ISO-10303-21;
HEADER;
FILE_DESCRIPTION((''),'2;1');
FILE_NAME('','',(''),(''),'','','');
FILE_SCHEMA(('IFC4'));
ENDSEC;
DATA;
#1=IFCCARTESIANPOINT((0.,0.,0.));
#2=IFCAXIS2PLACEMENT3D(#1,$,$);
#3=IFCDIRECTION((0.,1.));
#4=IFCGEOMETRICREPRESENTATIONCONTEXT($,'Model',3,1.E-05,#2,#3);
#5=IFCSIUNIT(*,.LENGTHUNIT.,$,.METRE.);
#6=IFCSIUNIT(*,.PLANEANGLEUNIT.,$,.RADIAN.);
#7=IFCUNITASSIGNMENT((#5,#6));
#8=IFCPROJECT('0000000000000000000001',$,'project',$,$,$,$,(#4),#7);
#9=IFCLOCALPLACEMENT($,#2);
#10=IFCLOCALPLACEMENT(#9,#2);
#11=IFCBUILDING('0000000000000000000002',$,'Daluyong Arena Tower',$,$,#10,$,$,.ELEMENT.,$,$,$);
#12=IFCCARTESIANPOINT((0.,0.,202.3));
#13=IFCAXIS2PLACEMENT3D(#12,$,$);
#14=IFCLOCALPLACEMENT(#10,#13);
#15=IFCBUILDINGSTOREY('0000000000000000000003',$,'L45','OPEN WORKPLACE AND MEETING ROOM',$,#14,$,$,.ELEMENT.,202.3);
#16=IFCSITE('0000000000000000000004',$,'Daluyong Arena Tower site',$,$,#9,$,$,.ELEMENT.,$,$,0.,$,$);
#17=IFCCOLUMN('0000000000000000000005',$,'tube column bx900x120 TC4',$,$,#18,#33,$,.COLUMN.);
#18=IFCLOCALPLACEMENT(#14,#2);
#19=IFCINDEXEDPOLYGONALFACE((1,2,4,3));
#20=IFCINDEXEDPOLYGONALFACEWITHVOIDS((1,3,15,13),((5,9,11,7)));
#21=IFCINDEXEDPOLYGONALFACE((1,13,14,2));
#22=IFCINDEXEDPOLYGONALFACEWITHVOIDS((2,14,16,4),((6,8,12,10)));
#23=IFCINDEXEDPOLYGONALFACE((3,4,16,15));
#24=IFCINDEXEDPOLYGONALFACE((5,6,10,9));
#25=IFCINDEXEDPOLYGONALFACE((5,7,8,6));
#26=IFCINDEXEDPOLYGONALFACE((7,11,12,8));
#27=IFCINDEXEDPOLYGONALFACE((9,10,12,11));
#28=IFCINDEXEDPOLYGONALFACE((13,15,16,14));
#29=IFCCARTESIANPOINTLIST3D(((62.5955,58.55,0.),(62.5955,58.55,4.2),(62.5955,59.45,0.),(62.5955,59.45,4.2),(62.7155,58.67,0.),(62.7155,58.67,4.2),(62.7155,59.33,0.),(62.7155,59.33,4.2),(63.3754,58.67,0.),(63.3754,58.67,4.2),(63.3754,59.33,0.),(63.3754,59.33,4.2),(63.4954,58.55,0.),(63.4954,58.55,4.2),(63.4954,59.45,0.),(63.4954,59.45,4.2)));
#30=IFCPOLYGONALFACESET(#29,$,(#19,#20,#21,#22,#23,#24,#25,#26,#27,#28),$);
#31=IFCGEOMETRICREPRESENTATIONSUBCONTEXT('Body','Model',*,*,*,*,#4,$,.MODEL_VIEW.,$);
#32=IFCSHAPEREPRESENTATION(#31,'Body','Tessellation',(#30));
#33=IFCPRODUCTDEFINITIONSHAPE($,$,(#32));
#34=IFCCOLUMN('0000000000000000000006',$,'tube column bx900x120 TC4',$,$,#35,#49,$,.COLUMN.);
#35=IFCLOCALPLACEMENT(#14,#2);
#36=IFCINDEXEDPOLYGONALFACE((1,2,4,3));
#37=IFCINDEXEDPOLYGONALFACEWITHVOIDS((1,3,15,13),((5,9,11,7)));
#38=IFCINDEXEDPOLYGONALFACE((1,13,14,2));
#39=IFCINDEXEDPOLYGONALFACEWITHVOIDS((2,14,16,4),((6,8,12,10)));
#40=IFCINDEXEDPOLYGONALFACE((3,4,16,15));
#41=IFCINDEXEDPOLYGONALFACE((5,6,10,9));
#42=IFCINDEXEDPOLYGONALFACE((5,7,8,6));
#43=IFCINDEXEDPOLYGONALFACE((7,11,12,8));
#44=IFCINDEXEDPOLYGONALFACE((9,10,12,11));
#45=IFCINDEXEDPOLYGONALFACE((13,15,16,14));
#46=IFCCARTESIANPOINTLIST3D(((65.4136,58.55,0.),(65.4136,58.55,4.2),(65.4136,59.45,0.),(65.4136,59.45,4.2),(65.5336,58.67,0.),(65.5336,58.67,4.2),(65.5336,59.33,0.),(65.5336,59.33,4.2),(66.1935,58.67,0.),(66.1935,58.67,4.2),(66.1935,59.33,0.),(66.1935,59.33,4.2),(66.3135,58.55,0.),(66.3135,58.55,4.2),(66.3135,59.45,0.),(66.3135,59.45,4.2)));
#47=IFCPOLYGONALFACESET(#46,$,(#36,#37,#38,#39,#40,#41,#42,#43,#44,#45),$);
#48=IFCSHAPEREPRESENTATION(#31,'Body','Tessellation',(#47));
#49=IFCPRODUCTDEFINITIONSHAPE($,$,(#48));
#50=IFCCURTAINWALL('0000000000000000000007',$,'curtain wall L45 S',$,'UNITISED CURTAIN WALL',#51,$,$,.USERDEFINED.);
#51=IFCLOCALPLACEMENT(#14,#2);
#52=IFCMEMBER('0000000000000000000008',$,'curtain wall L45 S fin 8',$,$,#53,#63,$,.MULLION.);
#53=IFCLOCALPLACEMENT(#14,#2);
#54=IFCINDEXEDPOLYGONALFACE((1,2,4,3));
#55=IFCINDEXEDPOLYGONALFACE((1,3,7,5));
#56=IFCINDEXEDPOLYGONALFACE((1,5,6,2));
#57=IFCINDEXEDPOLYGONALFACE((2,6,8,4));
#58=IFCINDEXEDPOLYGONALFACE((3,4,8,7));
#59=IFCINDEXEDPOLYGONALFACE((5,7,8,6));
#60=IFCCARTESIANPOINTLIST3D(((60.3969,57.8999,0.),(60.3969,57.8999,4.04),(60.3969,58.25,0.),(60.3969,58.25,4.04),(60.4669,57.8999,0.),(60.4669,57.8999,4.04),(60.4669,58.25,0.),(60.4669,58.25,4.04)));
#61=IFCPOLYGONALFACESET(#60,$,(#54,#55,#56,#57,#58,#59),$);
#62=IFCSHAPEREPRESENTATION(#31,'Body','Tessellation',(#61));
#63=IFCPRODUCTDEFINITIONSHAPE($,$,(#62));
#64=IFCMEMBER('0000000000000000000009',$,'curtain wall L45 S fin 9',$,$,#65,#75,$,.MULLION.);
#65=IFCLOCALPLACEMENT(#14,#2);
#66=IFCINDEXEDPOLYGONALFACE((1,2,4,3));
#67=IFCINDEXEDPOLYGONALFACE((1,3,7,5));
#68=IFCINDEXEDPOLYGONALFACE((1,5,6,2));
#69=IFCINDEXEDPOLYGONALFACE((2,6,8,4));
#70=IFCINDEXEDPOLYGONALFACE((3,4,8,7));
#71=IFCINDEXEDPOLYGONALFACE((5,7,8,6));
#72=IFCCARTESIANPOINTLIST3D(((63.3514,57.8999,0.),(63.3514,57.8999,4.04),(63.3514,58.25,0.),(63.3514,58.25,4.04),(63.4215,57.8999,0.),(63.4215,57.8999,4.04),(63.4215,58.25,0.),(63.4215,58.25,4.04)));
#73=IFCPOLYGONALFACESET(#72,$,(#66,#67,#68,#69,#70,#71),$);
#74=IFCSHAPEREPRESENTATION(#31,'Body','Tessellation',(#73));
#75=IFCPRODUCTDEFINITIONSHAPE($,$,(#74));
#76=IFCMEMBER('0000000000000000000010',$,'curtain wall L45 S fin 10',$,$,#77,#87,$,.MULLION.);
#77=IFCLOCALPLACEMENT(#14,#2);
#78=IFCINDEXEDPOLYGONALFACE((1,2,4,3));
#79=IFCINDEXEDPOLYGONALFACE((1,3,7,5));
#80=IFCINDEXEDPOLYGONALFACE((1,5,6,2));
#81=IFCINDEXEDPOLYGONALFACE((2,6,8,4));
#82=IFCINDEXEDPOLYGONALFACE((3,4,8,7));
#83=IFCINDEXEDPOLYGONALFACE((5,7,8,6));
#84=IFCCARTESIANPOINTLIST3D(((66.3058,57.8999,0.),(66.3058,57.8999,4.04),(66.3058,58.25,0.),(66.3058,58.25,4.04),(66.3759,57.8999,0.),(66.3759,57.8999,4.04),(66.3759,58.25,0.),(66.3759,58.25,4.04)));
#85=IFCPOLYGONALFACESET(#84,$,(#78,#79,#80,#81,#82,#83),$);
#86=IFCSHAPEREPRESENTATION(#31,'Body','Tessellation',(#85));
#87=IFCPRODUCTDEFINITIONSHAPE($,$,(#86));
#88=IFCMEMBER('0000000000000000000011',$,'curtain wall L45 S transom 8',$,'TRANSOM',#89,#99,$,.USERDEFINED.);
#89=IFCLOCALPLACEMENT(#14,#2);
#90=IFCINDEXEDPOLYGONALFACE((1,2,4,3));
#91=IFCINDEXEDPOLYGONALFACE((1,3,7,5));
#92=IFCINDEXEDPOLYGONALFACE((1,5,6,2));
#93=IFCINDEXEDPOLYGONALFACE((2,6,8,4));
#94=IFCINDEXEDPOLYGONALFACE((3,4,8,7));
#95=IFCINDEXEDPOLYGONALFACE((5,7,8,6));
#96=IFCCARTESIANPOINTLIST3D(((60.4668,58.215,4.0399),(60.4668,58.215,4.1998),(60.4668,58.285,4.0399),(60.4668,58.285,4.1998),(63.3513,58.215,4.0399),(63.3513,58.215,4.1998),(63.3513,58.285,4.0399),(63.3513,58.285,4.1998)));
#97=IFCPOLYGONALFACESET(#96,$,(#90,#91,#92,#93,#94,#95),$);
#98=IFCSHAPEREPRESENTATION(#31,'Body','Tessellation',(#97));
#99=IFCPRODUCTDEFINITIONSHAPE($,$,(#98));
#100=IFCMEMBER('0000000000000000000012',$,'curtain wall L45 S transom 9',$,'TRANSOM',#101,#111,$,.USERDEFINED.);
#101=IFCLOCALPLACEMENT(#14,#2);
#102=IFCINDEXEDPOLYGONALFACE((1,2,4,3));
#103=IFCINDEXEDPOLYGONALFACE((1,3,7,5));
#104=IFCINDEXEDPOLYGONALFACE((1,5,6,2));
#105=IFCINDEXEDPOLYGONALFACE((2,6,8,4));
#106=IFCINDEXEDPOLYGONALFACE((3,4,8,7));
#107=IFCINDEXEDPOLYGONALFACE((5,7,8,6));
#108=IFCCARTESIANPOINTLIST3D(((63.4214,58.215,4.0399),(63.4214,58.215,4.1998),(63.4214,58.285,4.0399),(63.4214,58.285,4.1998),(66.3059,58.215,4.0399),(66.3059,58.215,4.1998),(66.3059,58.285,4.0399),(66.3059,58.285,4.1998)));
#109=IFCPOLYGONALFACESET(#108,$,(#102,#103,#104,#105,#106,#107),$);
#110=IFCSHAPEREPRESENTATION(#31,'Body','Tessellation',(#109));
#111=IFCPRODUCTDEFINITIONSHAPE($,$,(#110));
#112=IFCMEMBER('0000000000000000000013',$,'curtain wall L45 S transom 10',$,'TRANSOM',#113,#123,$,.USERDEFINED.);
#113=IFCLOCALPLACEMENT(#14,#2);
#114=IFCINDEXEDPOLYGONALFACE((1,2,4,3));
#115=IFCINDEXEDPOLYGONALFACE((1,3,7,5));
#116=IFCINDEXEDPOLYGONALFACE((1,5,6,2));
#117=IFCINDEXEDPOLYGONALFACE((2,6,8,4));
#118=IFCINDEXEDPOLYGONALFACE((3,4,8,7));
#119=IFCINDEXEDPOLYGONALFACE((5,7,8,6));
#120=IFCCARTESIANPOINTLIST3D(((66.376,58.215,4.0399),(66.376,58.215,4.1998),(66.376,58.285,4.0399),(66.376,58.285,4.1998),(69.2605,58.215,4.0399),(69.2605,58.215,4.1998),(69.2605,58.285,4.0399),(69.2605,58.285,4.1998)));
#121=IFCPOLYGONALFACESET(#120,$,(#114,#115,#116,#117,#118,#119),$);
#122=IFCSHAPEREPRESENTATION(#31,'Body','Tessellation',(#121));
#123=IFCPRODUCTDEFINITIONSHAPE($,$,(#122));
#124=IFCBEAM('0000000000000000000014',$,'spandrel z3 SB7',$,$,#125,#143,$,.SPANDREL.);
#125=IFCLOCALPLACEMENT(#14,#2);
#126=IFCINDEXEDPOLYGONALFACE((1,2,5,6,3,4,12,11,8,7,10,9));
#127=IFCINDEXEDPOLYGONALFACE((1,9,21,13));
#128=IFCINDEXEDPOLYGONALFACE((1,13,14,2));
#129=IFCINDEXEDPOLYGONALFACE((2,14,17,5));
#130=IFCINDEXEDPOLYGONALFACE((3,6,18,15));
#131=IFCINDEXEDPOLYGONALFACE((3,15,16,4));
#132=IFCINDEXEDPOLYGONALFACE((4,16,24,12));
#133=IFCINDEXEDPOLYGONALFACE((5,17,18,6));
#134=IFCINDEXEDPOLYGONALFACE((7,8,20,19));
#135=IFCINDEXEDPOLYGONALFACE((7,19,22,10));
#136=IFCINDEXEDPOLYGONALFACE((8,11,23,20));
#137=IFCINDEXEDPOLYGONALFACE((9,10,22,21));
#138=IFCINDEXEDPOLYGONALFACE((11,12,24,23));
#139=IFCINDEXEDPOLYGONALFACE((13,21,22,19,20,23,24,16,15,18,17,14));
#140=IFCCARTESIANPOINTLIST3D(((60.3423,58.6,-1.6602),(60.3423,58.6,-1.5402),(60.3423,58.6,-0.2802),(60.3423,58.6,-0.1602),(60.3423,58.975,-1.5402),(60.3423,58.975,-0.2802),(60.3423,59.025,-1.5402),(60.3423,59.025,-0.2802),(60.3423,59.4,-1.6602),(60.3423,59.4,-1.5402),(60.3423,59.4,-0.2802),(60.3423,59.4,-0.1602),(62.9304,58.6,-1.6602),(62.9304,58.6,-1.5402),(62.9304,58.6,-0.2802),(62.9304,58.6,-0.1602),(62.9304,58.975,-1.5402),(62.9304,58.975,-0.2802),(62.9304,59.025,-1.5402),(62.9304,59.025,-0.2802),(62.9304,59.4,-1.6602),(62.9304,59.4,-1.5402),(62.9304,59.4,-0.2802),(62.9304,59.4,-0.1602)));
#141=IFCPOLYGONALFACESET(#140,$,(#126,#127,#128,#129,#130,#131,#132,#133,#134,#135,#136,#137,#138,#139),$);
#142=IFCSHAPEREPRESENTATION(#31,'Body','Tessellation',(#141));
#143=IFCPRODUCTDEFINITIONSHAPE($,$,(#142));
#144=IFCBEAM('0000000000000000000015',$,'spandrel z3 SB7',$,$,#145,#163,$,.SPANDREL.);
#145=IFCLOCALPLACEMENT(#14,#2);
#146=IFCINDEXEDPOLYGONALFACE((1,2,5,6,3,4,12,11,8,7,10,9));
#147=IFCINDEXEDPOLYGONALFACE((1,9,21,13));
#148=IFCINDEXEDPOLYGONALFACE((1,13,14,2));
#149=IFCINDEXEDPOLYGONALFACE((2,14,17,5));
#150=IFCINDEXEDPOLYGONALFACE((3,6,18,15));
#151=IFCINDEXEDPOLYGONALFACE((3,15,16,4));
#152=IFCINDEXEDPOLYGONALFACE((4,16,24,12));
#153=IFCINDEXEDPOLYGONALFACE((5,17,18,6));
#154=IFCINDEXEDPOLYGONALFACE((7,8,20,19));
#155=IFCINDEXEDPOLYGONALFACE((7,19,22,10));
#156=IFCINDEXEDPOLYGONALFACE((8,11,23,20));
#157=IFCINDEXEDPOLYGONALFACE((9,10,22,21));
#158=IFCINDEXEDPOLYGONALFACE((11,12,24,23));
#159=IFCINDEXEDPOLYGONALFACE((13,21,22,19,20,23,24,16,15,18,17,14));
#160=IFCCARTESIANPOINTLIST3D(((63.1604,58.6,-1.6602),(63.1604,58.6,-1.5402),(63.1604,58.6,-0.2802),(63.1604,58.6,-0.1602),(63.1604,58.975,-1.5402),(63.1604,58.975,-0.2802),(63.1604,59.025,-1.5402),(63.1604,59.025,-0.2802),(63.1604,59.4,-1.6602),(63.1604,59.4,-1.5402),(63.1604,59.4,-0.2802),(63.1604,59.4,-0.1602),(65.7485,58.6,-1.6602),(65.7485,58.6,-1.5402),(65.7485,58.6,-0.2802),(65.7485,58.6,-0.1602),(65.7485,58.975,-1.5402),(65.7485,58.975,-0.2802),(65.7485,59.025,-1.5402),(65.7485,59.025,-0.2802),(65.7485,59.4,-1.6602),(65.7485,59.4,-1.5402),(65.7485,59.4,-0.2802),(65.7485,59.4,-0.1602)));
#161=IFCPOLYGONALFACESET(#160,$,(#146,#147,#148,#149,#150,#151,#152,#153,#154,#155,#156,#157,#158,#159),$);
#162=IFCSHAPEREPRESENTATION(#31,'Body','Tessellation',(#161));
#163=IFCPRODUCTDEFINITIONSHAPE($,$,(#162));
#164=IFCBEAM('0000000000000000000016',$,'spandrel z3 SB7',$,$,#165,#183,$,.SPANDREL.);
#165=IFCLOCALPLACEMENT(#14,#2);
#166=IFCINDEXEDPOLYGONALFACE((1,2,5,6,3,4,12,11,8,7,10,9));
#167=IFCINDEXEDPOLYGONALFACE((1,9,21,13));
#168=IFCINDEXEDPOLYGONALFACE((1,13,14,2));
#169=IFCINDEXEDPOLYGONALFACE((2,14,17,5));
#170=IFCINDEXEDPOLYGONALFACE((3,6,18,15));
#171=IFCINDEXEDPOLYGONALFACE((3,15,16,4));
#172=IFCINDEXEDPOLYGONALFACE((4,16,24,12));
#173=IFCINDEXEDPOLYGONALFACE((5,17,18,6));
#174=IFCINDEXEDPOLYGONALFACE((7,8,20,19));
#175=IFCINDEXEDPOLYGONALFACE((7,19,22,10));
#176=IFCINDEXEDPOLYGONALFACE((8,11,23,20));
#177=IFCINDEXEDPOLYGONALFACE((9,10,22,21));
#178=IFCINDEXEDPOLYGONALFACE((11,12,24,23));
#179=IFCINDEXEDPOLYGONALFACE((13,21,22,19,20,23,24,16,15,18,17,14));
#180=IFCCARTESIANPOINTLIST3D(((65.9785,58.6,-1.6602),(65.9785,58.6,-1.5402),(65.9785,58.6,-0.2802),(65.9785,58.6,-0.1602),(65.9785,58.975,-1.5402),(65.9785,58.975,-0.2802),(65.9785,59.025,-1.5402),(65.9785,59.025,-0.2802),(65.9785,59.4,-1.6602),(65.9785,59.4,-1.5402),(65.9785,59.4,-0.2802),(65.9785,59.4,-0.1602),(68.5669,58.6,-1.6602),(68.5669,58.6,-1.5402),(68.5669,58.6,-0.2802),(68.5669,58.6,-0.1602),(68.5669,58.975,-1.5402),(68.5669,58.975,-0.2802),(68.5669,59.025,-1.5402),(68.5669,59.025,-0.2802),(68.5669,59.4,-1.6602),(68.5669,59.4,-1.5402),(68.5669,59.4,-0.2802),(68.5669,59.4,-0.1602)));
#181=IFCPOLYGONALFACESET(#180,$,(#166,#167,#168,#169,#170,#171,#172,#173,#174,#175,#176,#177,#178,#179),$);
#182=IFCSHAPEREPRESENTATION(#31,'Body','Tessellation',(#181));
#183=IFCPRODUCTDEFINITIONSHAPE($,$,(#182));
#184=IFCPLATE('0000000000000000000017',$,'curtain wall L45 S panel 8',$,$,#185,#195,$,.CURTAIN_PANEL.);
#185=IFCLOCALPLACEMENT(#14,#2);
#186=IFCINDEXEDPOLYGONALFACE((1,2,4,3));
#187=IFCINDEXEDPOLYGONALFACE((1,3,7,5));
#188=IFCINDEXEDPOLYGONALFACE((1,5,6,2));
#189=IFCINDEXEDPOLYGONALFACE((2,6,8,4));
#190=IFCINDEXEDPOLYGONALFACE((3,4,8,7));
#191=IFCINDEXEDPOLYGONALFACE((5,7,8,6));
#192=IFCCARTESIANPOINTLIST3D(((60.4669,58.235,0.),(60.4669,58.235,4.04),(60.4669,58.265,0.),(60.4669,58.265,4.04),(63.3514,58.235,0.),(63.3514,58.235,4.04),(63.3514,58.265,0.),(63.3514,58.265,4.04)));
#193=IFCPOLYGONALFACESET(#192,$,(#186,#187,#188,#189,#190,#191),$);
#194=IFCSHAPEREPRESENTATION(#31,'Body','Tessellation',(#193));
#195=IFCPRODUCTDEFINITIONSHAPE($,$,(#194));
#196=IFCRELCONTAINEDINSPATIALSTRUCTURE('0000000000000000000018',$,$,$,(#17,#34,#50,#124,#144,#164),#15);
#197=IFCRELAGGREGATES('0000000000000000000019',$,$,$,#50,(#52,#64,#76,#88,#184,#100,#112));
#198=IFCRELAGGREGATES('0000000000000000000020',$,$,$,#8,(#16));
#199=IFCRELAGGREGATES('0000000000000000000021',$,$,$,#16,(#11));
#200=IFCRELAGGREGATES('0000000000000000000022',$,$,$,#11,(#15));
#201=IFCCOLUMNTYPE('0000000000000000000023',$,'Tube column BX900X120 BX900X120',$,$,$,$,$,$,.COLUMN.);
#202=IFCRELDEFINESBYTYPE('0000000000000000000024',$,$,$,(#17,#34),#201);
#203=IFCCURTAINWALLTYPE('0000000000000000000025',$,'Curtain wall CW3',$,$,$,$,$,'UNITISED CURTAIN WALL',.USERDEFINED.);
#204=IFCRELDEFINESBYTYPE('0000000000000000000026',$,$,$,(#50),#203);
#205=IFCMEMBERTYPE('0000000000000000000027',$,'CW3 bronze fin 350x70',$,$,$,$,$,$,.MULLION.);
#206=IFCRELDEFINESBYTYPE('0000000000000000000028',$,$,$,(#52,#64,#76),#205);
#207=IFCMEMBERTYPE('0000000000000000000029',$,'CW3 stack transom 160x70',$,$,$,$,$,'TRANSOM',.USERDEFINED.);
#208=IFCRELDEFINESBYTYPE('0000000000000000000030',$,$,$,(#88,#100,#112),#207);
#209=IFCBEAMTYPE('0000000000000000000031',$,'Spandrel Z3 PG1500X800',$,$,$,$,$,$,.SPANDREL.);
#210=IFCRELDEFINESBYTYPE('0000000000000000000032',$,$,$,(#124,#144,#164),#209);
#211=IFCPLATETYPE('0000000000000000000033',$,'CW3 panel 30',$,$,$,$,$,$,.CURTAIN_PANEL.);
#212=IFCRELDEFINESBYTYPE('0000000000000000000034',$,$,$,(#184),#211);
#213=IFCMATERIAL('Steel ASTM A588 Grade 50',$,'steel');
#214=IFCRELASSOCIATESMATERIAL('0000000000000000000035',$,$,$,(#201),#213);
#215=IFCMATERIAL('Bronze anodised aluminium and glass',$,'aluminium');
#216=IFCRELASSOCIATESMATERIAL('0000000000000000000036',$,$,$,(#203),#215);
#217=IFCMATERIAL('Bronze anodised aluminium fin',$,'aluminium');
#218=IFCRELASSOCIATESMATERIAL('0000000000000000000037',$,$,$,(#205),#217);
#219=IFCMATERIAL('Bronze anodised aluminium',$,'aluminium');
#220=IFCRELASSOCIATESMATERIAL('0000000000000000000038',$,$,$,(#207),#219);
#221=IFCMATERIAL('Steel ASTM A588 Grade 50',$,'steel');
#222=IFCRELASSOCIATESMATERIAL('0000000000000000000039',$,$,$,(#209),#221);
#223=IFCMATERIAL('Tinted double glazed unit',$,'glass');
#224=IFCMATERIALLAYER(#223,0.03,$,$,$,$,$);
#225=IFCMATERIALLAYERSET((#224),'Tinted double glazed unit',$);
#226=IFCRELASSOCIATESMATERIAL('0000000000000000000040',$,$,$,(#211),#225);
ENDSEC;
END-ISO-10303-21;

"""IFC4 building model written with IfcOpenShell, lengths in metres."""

from ifc_helpers import new_model, si_unit, direction, frame, origin, origin_2d, place, context, subcontext, project, spatial, rectangle, hollow_rectangle, i_section, extrude, material, layer, layer_set, material_profile, profile_set, type_object, element, aggregate, save


model = new_model("IFC4")

# Units and contexts
model_context = context("Model", 3, precision=1e-05, world=origin(), true_north=direction((0.0, 1.0)))
body_context = subcontext(model_context, "Body", "Model", "MODEL_VIEW")
ifc_project = project(units=[si_unit("LENGTHUNIT", "METRE"), si_unit("PLANEANGLEUNIT", "RADIAN")], contexts=[model_context])

# Site, building, storey
site_placement = place(None, origin())
site = spatial("IfcSite", under=ifc_project, at=site_placement, Name="Daluyong Arena Tower site", CompositionType="ELEMENT", RefElevation=0.0)
building_placement = place(site_placement, origin())
building = spatial("IfcBuilding", under=site, at=building_placement, Name="Daluyong Arena Tower", CompositionType="ELEMENT")
storey_placement = place(building_placement, frame((0.0, 0.0, 202.3)))
storey = spatial("IfcBuildingStorey", under=building, at=storey_placement, Name="L45", Description="OPEN WORKPLACE AND MEETING ROOM", CompositionType="ELEMENT", Elevation=202.3)

# Columns
ifc_material_1 = material(Name="Steel ASTM A588 Grade 50", Category="steel")
ifc_material_profile_1 = material_profile(ifc_material_1, hollow_rectangle(XDim=0.8999, YDim=0.8999, WallThickness=0.12, at=origin_2d()))
ifc_profile_set_1 = profile_set([ifc_material_profile_1], Name="Steel ASTM A588 Grade 50")
column_type = type_object("IfcColumnType", Name="Tube column BX900X120 BX900X120", PredefinedType="COLUMN", material=ifc_profile_set_1)
for number, where, z_axis, x_axis, name in (
    (1, (63.0454, 59.0, 0.0), (0.0, 0.0, 1.0), (1.0, 0.0, 0.0), "tube column bx900x120 TC4"),
    (2, (65.8635, 59.0, 0.0), (0.0, 0.0, 1.0), (1.0, 0.0, 0.0), "tube column bx900x120 TC4"),
):
    element("IfcColumn", number, at=place(storey_placement, frame(where, z_axis=z_axis, x_axis=x_axis)), inside=storey, type_object=column_type, Name=name, PredefinedType="COLUMN", context=body_context, shape_type="SweptSolid", body=[
        extrude(hollow_rectangle(XDim=0.8999, YDim=0.8999, WallThickness=0.12, at=origin_2d()), origin(), (0.0, 0.0, 1.0), 4.2),
    ])

# Curtain wall, members
ifc_material_2 = material(Name="Bronze anodised aluminium and glass", Category="aluminium")
curtain_wall_type = type_object("IfcCurtainWallType", Name="Curtain wall CW3", ElementType="UNITISED CURTAIN WALL", PredefinedType="USERDEFINED", material=ifc_material_2)
curtain_wall_placement = place(storey_placement, origin())
curtain_wall = element("IfcCurtainWall", 3, at=curtain_wall_placement, inside=storey, type_object=curtain_wall_type, Name="curtain wall L45 S", ObjectType="UNITISED CURTAIN WALL", PredefinedType="USERDEFINED")
ifc_material_3 = material(Name="Bronze anodised aluminium fin", Category="aluminium")
ifc_material_profile_2 = material_profile(ifc_material_3, rectangle(XDim=0.3501, YDim=0.0701, at=origin_2d()))
ifc_profile_set_2 = profile_set([ifc_material_profile_2], Name="Bronze anodised aluminium fin")
member_type_1 = type_object("IfcMemberType", Name="CW3 bronze fin 350x70", PredefinedType="MULLION", material=ifc_profile_set_2)
member_1_placement = place(storey_placement, frame((60.4319, 58.075, 0.0), z_axis=(0.0, 0.0, 1.0), x_axis=(0.0, 1.0, 0.0)))
member_1 = element("IfcMember", 4, at=member_1_placement, type_object=member_type_1, Name="curtain wall L45 S fin 8", PredefinedType="MULLION", context=body_context, shape_type="SweptSolid", body=[
    extrude(rectangle(XDim=0.3501, YDim=0.0701, at=origin_2d()), origin(), (0.0, 0.0, 1.0), 4.04),
])
member_2_placement = place(storey_placement, frame((63.3865, 58.075, 0.0), z_axis=(0.0, 0.0, 1.0), x_axis=(0.0, 1.0, 0.0)))
member_2 = element("IfcMember", 5, at=member_2_placement, type_object=member_type_1, Name="curtain wall L45 S fin 9", PredefinedType="MULLION", context=body_context, shape_type="SweptSolid", body=[
    extrude(rectangle(XDim=0.3501, YDim=0.0701, at=origin_2d()), origin(), (0.0, 0.0, 1.0), 4.04),
])
member_3_placement = place(storey_placement, frame((66.3408, 58.075, 0.0), z_axis=(0.0, 0.0, 1.0), x_axis=(0.0, 1.0, 0.0)))
member_3 = element("IfcMember", 6, at=member_3_placement, type_object=member_type_1, Name="curtain wall L45 S fin 10", PredefinedType="MULLION", context=body_context, shape_type="SweptSolid", body=[
    extrude(rectangle(XDim=0.3501, YDim=0.0701, at=origin_2d()), origin(), (0.0, 0.0, 1.0), 4.04),
])
ifc_material_4 = material(Name="Bronze anodised aluminium", Category="aluminium")
ifc_material_profile_3 = material_profile(ifc_material_4, rectangle(XDim=0.0701, YDim=0.1599, at=origin_2d()))
ifc_profile_set_3 = profile_set([ifc_material_profile_3], Name="Bronze anodised aluminium")
member_type_2 = type_object("IfcMemberType", Name="CW3 stack transom 160x70", ElementType="TRANSOM", PredefinedType="USERDEFINED", material=ifc_profile_set_3)
member_4_placement = place(storey_placement, frame((60.4668, 58.25, 4.1199), z_axis=(1.0, 0.0, 0.0), x_axis=(0.0, 1.0, 0.0)))
member_4 = element("IfcMember", 7, at=member_4_placement, type_object=member_type_2, Name="curtain wall L45 S transom 8", ObjectType="TRANSOM", PredefinedType="USERDEFINED", context=body_context, shape_type="SweptSolid", body=[
    extrude(rectangle(XDim=0.0701, YDim=0.1599, at=origin_2d()), origin(), (0.0, 0.0, 1.0), 2.8845),
])
member_5_placement = place(storey_placement, frame((63.4214, 58.25, 4.1199), z_axis=(1.0, 0.0, 0.0), x_axis=(0.0, 1.0, 0.0)))
member_5 = element("IfcMember", 8, at=member_5_placement, type_object=member_type_2, Name="curtain wall L45 S transom 9", ObjectType="TRANSOM", PredefinedType="USERDEFINED", context=body_context, shape_type="SweptSolid", body=[
    extrude(rectangle(XDim=0.0701, YDim=0.1599, at=origin_2d()), origin(), (0.0, 0.0, 1.0), 2.8845),
])
member_6_placement = place(storey_placement, frame((66.376, 58.25, 4.1199), z_axis=(1.0, 0.0, 0.0), x_axis=(0.0, 1.0, 0.0)))
member_6 = element("IfcMember", 9, at=member_6_placement, type_object=member_type_2, Name="curtain wall L45 S transom 10", ObjectType="TRANSOM", PredefinedType="USERDEFINED", context=body_context, shape_type="SweptSolid", body=[
    extrude(rectangle(XDim=0.0701, YDim=0.1599, at=origin_2d()), origin(), (0.0, 0.0, 1.0), 2.8845),
])

# Beams
ifc_material_5 = material(Name="Steel ASTM A588 Grade 50", Category="steel")
ifc_material_profile_4 = material_profile(ifc_material_5, i_section(OverallWidth=0.8, OverallDepth=1.5, WebThickness=0.05, FlangeThickness=0.12, at=origin_2d()))
ifc_profile_set_4 = profile_set([ifc_material_profile_4], Name="Steel ASTM A588 Grade 50")
beam_type = type_object("IfcBeamType", Name="Spandrel Z3 PG1500X800", PredefinedType="SPANDREL", material=ifc_profile_set_4)
for number, where, z_axis, x_axis, name in (
    (10, (60.3423, 59.0, -0.9102), (1.0, 0.0, 0.0), (0.0, 1.0, 0.0), "spandrel z3 SB7"),
    (11, (63.1604, 59.0, -0.9102), (1.0, 0.0, 0.0), (0.0, 1.0, 0.0), "spandrel z3 SB7"),
):
    element("IfcBeam", number, at=place(storey_placement, frame(where, z_axis=z_axis, x_axis=x_axis)), inside=storey, type_object=beam_type, Name=name, PredefinedType="SPANDREL", context=body_context, shape_type="SweptSolid", body=[
        extrude(i_section(OverallWidth=0.8, OverallDepth=1.5, WebThickness=0.05, FlangeThickness=0.12, at=origin_2d()), origin(), (0.0, 0.0, 1.0), 2.5881),
    ])
beam_placement = place(storey_placement, frame((65.9785, 59.0, -0.9102), z_axis=(1.0, 0.0, 0.0), x_axis=(0.0, 1.0, 0.0)))
element("IfcBeam", 12, at=beam_placement, inside=storey, type_object=beam_type, Name="spandrel z3 SB7", PredefinedType="SPANDREL", context=body_context, shape_type="SweptSolid", body=[
    extrude(i_section(OverallWidth=0.8, OverallDepth=1.5, WebThickness=0.05, FlangeThickness=0.12, at=origin_2d()), origin(), (0.0, 0.0, 1.0), 2.5884),
])

# Plate
ifc_material_6 = material(Name="Tinted double glazed unit", Category="glass")
ifc_layer = layer(ifc_material_6, 0.03)
ifc_layer_set = layer_set([ifc_layer], Name="Tinted double glazed unit")
plate_type = type_object("IfcPlateType", Name="CW3 panel 30", PredefinedType="CURTAIN_PANEL", material=ifc_layer_set)
plate_1_placement = place(storey_placement, frame((61.9092, 58.25, 0.0), z_axis=(0.0, 0.0, 1.0), x_axis=(1.0, 0.0, 0.0)))
plate_1 = element("IfcPlate", 13, at=plate_1_placement, type_object=plate_type, Name="curtain wall L45 S panel 8", PredefinedType="CURTAIN_PANEL", context=body_context, shape_type="SweptSolid", body=[
    extrude(rectangle(XDim=2.8845, YDim=0.03, at=origin_2d()), origin(), (0.0, 0.0, 1.0), 4.04),
])
aggregate(curtain_wall, [member_1, member_2, member_3, member_4, plate_1, member_5, member_6])

save(model, "model.ifc")
